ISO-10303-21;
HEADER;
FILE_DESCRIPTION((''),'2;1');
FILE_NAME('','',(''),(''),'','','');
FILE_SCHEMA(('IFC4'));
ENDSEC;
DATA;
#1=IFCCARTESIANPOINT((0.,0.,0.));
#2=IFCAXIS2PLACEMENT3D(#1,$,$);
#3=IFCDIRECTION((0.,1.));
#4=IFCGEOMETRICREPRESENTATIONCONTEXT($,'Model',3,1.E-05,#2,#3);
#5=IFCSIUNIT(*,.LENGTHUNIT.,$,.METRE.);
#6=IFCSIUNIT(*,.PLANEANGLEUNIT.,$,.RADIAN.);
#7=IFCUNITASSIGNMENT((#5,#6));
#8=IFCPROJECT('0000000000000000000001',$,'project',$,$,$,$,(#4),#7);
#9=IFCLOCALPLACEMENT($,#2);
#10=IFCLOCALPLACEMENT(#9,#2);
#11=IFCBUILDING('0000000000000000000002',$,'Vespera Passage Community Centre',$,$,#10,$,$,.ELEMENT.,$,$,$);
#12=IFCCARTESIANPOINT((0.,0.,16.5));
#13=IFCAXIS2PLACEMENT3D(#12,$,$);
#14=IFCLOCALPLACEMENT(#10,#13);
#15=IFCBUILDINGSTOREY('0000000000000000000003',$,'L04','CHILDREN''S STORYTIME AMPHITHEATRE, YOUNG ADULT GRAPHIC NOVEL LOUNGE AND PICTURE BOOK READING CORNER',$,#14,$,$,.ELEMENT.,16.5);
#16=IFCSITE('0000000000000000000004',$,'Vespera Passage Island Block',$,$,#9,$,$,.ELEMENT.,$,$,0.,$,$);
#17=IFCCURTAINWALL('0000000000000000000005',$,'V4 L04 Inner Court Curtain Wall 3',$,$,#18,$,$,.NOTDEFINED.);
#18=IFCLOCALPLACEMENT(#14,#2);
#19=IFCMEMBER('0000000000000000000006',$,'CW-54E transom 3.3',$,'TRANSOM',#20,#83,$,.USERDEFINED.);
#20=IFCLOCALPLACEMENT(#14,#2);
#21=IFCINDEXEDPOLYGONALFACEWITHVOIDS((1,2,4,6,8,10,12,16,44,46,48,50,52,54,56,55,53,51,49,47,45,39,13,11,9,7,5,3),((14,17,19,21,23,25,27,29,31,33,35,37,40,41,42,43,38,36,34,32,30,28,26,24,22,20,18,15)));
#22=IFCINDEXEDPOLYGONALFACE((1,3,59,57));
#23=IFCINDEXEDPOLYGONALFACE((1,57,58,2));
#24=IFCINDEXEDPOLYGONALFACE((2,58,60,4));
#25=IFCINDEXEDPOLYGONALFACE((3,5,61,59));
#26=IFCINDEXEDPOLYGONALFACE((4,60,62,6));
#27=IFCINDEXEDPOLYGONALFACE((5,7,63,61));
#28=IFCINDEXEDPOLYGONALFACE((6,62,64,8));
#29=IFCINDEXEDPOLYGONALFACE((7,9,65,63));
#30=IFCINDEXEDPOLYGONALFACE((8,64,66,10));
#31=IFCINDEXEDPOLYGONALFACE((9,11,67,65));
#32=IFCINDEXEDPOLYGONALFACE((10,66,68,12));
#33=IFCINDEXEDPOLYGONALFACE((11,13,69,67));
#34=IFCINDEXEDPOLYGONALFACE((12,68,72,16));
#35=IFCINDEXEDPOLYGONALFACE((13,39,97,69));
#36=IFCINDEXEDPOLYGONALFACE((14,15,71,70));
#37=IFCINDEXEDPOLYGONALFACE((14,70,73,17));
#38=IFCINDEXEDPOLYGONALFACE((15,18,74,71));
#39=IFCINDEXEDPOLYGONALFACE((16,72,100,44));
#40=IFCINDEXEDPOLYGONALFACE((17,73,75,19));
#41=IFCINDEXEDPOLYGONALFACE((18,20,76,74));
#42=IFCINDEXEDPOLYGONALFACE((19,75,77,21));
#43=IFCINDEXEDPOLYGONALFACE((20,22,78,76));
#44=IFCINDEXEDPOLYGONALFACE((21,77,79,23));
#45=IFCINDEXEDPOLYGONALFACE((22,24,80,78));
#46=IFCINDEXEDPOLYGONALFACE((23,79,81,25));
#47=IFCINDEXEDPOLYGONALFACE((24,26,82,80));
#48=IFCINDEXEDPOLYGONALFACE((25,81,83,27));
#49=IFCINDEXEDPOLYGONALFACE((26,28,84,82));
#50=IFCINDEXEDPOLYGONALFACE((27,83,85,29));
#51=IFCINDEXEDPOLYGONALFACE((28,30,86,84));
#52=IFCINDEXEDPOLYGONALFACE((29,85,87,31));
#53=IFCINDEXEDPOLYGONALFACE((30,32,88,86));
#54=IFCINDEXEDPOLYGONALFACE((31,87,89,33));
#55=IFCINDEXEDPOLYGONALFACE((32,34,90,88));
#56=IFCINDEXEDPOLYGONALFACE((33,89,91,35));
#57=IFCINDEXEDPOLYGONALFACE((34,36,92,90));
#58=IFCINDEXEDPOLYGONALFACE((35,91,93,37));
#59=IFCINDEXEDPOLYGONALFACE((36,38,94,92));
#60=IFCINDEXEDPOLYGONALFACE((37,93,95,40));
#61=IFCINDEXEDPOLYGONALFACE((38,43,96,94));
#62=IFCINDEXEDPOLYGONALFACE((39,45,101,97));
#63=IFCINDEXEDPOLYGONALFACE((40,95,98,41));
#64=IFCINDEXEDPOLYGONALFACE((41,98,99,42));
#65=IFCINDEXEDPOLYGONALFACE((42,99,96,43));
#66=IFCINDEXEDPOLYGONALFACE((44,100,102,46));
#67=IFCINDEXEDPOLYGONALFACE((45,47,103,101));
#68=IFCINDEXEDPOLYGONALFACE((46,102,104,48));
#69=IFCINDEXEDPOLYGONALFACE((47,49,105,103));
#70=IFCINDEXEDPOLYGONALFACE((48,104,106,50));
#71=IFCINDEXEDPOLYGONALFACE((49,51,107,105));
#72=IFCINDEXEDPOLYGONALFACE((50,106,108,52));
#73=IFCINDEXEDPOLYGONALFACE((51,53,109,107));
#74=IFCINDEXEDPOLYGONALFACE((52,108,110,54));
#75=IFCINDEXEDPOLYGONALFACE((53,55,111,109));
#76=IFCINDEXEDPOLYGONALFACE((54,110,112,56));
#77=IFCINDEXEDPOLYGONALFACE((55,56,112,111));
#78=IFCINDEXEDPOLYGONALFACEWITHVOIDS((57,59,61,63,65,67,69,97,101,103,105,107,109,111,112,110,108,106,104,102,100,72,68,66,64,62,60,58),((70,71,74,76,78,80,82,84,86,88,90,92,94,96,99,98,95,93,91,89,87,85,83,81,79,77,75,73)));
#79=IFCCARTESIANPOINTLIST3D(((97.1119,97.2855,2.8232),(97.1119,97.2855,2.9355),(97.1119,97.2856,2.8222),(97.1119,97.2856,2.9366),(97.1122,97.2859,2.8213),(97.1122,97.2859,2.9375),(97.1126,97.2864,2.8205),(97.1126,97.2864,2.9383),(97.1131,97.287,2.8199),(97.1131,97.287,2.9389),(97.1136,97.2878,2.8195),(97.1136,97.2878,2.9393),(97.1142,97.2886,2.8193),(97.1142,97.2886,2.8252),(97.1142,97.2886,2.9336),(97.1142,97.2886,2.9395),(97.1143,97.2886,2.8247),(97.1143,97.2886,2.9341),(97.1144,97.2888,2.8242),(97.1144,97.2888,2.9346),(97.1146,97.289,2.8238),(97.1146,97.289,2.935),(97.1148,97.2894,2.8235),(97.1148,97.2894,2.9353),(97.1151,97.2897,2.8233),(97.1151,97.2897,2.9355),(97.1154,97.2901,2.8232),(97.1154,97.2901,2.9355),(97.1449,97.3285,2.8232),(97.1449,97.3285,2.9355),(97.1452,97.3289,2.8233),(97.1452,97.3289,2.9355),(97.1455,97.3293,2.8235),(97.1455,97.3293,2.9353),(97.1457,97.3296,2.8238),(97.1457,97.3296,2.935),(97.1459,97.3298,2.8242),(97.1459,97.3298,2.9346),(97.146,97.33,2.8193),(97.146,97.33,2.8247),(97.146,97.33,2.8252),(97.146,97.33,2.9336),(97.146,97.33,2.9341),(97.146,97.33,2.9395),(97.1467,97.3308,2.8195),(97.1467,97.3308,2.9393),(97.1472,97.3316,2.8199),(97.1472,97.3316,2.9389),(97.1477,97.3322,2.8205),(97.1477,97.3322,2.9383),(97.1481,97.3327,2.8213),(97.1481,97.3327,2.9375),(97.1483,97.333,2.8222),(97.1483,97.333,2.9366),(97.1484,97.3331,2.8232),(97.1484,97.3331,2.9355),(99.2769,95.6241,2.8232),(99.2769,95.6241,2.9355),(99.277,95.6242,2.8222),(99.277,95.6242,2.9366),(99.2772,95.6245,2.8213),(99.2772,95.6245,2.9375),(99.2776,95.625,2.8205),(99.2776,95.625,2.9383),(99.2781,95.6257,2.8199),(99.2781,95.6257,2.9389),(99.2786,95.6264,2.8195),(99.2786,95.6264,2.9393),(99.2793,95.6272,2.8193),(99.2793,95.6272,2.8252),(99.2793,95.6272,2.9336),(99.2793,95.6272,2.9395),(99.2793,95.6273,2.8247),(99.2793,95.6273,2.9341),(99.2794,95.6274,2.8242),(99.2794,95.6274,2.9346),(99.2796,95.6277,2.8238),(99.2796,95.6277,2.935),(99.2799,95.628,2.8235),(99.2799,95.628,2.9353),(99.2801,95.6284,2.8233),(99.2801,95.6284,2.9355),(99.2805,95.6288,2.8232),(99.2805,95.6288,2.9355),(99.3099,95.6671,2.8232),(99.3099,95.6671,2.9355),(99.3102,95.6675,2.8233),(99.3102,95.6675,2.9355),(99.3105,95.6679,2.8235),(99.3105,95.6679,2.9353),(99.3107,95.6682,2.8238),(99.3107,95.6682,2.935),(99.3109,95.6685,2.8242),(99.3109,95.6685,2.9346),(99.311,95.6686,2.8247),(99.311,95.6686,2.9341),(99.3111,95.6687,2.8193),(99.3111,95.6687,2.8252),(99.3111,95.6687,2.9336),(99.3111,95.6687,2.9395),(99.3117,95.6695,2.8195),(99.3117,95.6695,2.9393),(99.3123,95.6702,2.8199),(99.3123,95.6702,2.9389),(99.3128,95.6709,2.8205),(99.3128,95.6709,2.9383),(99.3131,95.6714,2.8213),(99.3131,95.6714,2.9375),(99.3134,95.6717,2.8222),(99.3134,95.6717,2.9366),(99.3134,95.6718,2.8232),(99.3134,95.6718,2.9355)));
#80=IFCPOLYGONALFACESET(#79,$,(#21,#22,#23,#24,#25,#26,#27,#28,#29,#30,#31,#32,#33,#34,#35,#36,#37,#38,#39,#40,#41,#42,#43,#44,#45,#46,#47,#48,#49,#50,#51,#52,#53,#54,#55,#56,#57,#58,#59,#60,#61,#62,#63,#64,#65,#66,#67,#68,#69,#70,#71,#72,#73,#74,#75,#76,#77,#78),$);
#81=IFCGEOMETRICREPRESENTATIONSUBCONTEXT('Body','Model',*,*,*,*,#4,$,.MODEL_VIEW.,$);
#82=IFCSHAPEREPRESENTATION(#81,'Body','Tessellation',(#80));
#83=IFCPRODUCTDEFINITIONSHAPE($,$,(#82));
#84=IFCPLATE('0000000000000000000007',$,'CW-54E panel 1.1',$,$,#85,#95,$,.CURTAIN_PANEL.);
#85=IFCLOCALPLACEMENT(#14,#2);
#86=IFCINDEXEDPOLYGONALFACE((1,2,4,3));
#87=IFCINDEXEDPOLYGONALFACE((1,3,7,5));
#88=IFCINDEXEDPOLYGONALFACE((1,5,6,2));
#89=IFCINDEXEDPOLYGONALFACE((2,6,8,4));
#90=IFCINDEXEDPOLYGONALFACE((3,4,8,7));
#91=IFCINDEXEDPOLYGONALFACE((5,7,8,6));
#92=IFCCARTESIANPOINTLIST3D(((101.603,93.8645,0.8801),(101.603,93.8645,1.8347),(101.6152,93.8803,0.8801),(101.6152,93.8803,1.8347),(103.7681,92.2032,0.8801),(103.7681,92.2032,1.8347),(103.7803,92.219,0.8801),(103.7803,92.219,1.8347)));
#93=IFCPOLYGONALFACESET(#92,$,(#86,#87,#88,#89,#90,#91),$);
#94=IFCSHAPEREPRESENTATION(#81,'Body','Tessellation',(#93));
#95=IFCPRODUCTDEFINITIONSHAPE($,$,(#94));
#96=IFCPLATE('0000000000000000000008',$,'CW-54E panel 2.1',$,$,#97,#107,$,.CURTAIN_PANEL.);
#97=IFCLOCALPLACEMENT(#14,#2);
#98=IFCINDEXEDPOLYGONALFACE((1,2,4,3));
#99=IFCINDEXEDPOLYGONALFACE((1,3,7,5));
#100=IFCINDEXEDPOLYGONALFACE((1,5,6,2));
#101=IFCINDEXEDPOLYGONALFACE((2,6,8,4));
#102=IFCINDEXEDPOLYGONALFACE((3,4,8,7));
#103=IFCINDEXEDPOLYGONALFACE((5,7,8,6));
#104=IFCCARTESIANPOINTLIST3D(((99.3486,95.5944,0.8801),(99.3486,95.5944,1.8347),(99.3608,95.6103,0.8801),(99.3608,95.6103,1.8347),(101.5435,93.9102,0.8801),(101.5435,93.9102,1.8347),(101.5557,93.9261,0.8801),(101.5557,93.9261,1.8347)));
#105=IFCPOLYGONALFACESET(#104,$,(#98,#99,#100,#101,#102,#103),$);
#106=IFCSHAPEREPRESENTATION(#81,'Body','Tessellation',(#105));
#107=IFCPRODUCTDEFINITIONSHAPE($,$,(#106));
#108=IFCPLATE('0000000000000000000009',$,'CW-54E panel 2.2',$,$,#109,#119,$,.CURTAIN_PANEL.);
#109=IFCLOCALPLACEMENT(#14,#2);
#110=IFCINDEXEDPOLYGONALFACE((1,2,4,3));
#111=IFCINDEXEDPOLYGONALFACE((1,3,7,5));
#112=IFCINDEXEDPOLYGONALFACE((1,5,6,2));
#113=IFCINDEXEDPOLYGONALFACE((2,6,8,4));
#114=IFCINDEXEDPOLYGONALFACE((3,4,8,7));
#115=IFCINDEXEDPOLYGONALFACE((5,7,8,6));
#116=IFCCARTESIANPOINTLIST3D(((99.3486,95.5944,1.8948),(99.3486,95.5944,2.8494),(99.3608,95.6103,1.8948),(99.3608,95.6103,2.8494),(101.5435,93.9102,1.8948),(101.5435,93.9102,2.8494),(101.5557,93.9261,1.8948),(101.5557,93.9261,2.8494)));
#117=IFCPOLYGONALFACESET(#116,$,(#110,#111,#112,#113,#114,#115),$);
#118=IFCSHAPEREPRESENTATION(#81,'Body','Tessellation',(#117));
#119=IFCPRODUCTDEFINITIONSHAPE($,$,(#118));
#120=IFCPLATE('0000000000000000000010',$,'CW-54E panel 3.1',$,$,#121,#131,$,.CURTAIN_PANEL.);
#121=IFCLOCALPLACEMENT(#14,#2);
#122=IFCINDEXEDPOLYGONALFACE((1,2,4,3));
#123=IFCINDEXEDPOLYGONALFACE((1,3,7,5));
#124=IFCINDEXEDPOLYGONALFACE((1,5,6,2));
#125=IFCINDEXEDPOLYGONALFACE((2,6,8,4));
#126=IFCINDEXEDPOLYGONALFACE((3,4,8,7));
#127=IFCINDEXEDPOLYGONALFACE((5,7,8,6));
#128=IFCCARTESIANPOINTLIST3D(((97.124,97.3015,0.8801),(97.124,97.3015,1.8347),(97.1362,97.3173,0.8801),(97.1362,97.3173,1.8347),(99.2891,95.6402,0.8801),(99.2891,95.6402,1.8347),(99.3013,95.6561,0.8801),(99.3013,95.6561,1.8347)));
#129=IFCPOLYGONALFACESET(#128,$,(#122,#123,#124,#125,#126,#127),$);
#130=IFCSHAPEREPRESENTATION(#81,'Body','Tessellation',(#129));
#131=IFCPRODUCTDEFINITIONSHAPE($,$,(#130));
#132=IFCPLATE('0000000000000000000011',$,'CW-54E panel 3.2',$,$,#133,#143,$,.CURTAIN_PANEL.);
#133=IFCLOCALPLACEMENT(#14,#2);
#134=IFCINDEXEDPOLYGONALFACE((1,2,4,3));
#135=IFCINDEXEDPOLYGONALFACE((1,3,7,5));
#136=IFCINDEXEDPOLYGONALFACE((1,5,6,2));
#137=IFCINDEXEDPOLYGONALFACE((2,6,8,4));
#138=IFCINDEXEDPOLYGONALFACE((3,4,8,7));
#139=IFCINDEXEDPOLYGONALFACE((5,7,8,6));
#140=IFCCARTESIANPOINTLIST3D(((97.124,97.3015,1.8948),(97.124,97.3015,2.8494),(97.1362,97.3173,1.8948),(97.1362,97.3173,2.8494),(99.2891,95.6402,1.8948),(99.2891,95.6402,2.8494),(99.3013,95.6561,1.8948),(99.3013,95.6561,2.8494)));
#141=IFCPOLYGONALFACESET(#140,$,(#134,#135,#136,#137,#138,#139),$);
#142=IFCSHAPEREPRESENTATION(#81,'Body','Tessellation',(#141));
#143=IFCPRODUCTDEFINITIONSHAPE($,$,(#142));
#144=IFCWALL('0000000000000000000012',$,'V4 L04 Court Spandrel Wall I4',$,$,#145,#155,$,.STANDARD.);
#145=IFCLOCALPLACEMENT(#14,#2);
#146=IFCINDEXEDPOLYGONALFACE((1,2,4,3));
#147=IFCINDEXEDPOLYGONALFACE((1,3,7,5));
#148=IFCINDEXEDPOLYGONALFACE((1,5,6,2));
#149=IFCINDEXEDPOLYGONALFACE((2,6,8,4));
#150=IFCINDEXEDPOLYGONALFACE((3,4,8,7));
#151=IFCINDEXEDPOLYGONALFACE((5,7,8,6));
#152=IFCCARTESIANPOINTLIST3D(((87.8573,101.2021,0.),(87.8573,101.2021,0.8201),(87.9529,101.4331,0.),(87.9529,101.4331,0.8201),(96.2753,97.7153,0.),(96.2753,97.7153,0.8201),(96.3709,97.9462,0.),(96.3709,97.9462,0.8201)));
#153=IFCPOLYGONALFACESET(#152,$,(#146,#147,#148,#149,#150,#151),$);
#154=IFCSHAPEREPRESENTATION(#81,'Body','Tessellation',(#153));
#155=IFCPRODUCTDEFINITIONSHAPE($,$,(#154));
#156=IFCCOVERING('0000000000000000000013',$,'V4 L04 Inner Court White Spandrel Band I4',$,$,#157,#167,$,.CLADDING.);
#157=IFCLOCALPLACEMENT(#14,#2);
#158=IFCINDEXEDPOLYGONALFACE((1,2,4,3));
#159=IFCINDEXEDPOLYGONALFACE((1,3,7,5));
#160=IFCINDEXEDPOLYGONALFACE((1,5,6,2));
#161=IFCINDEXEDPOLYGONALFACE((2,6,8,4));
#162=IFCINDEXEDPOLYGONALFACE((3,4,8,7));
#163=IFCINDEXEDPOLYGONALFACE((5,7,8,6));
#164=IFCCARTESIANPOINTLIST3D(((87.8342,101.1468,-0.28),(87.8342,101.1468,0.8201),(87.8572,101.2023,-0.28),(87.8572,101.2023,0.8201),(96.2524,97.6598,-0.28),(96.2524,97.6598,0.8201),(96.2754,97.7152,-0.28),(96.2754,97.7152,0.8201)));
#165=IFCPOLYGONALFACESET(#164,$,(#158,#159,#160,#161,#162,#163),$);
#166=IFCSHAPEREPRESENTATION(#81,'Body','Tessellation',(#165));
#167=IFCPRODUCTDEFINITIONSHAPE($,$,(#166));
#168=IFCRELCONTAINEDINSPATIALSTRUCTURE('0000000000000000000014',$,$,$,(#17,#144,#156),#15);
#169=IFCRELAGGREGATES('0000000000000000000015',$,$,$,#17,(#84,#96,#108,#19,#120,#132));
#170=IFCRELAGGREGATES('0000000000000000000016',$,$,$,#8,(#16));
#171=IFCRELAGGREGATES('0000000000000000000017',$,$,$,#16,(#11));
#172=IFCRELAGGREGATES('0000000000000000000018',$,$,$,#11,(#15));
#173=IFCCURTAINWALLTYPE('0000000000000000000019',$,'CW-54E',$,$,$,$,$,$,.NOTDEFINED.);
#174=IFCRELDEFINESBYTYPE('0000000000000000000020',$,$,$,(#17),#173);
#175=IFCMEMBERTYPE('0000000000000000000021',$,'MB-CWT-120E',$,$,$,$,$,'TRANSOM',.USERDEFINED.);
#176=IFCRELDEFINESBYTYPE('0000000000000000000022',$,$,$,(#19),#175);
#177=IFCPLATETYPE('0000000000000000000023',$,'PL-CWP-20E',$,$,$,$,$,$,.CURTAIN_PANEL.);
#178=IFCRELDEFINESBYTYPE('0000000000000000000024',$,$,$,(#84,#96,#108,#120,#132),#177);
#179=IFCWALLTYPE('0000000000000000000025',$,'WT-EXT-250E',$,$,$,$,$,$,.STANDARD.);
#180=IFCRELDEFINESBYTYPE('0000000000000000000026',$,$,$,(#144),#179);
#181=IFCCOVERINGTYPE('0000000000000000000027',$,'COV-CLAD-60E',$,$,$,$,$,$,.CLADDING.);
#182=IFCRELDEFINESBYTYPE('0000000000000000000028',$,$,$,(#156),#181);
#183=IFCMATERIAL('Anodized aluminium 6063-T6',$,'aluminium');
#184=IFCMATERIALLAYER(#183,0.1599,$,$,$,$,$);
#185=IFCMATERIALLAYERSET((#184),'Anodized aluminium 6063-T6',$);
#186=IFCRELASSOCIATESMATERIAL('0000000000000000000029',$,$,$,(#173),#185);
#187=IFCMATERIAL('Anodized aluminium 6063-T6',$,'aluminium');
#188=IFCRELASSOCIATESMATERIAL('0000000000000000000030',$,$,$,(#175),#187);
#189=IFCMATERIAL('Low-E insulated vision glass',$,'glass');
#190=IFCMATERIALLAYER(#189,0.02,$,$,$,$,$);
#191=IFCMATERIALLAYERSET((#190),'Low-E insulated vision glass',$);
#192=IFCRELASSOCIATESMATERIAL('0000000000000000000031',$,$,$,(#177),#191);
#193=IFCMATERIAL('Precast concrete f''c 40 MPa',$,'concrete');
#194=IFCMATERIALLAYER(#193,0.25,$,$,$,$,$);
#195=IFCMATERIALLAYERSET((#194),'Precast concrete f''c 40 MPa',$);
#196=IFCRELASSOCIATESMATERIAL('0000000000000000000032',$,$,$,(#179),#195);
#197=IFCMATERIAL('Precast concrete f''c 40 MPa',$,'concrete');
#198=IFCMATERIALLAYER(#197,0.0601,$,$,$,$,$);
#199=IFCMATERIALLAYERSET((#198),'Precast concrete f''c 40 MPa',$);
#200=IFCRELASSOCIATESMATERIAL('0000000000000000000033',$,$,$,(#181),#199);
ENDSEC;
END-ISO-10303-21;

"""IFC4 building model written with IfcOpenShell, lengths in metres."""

from ifc_helpers import new_model, si_unit, direction, frame, frame_2d, origin, origin_2d, place, context, subcontext, project, spatial, rectangle, hollow_rectangle, extrude, material, layer, layer_set, material_profile, profile_set, type_object, element, aggregate, save


model = new_model("IFC4")

# Units and contexts
model_context = context("Model", 3, precision=1e-05, world=origin(), true_north=direction((0.0, 1.0)))
body_context = subcontext(model_context, "Body", "Model", "MODEL_VIEW")
ifc_project = project(units=[si_unit("LENGTHUNIT", "METRE"), si_unit("PLANEANGLEUNIT", "RADIAN")], contexts=[model_context])

# Site, building, storey
site_placement = place(None, origin())
site = spatial("IfcSite", under=ifc_project, at=site_placement, Name="Vespera Passage Island Block", CompositionType="ELEMENT", RefElevation=0.0)
building_placement = place(site_placement, origin())
building = spatial("IfcBuilding", under=site, at=building_placement, Name="Vespera Passage Community Centre", CompositionType="ELEMENT")
storey_placement = place(building_placement, frame((0.0, 0.0, 16.5)))
storey = spatial("IfcBuildingStorey", under=building, at=storey_placement, Name="L04", Description="CHILDREN'S STORYTIME AMPHITHEATRE, YOUNG ADULT GRAPHIC NOVEL LOUNGE AND PICTURE BOOK READING CORNER", CompositionType="ELEMENT", Elevation=16.5)

# Curtain wall
ifc_material_1 = material(Name="Anodized aluminium 6063-T6", Category="aluminium")
ifc_layer_1 = layer(ifc_material_1, 0.1599)
ifc_layer_set_1 = layer_set([ifc_layer_1], Name="Anodized aluminium 6063-T6")
curtain_wall_type_1 = type_object("IfcCurtainWallType", Name="CW-54E", PredefinedType="NOTDEFINED", material=ifc_layer_set_1)
curtain_wall_1_placement = place(storey_placement, origin())
curtain_wall_1 = element("IfcCurtainWall", 1, at=curtain_wall_1_placement, inside=storey, type_object=curtain_wall_type_1, Name="V4 L04 Inner Court Curtain Wall 3", PredefinedType="NOTDEFINED")

# Member
ifc_material_2 = material(Name="Anodized aluminium 6063-T6", Category="aluminium")
ifc_material_profile_1 = material_profile(ifc_material_2, hollow_rectangle(XDim=0.0601, YDim=0.1201, WallThickness=0.0039, InnerFilletRadius=0.002, OuterFilletRadius=0.0039, at=origin_2d()), Name="ALU120X60X4")
ifc_profile_set_1 = profile_set([ifc_material_profile_1], Name="Anodized aluminium 6063-T6")
member_type_1 = type_object("IfcMemberType", Name="MB-CWT-120E", ElementType="TRANSOM", PredefinedType="USERDEFINED", material=ifc_profile_set_1)
member_1_placement = place(storey_placement, frame((99.2952, 95.6479, 2.8794), z_axis=(-0.793338, 0.608781, 0.0), x_axis=(-0.608781, -0.793338, 0.0)))
member_1 = element("IfcMember", 2, at=member_1_placement, type_object=member_type_1, Name="CW-54E transom 3.3", ObjectType="TRANSOM", PredefinedType="USERDEFINED", context=body_context, shape_type="SweptSolid", body=[
    extrude(hollow_rectangle(XDim=0.0601, YDim=0.1201, WallThickness=0.0039, InnerFilletRadius=0.002, OuterFilletRadius=0.0039, at=origin_2d()), origin(), (0.0, 0.0, 1.0), 2.729),
])

# Plates
ifc_material_3 = material(Name="Low-E insulated vision glass", Category="glass")
ifc_layer_2 = layer(ifc_material_3, 0.02)
ifc_layer_set_2 = layer_set([ifc_layer_2], Name="Low-E insulated vision glass")
plate_type = type_object("IfcPlateType", Name="PL-CWP-20E", PredefinedType="CURTAIN_PANEL", material=ifc_layer_set_2)
plate_1_placement = place(storey_placement, frame((102.6917, 93.0417, 0.8801), z_axis=(0.0, 0.0, 1.0), x_axis=(-0.793358, 0.608755, 0.0)))
plate_1 = element("IfcPlate", 3, at=plate_1_placement, type_object=plate_type, Name="CW-54E panel 1.1", PredefinedType="CURTAIN_PANEL", context=body_context, shape_type="SweptSolid", body=[
    extrude(rectangle(XDim=2.729, YDim=0.02, at=origin_2d()), origin(), (0.0, 0.0, 1.0), 0.9546),
])
plate_2_placement = place(storey_placement, frame((100.4521, 94.7603, 0.8801), z_axis=(0.0, 0.0, 1.0), x_axis=(-0.793358, 0.608755, 0.0)))
plate_2 = element("IfcPlate", 4, at=plate_2_placement, type_object=plate_type, Name="CW-54E panel 2.1", PredefinedType="CURTAIN_PANEL", context=body_context, shape_type="SweptSolid", body=[
    extrude(rectangle(XDim=2.7666, YDim=0.02, at=origin_2d()), origin(), (0.0, 0.0, 1.0), 0.9546),
])
plate_3_placement = place(storey_placement, frame((100.4521, 94.7603, 1.8948), z_axis=(0.0, 0.0, 1.0), x_axis=(-0.793358, 0.608755, 0.0)))
plate_3 = element("IfcPlate", 5, at=plate_3_placement, type_object=plate_type, Name="CW-54E panel 2.2", PredefinedType="CURTAIN_PANEL", context=body_context, shape_type="SweptSolid", body=[
    extrude(rectangle(XDim=2.7666, YDim=0.02, at=origin_2d()), origin(), (0.0, 0.0, 1.0), 0.9546),
])
plate_4_placement = place(storey_placement, frame((98.2126, 96.4788, 0.8801), z_axis=(0.0, 0.0, 1.0), x_axis=(-0.793358, 0.608755, 0.0)))
plate_4 = element("IfcPlate", 6, at=plate_4_placement, type_object=plate_type, Name="CW-54E panel 3.1", PredefinedType="CURTAIN_PANEL", context=body_context, shape_type="SweptSolid", body=[
    extrude(rectangle(XDim=2.729, YDim=0.02, at=origin_2d()), origin(), (0.0, 0.0, 1.0), 0.9546),
])
plate_5_placement = place(storey_placement, frame((98.2126, 96.4788, 1.8948), z_axis=(0.0, 0.0, 1.0), x_axis=(-0.793358, 0.608755, 0.0)))
plate_5 = element("IfcPlate", 7, at=plate_5_placement, type_object=plate_type, Name="CW-54E panel 3.2", PredefinedType="CURTAIN_PANEL", context=body_context, shape_type="SweptSolid", body=[
    extrude(rectangle(XDim=2.729, YDim=0.02, at=origin_2d()), origin(), (0.0, 0.0, 1.0), 0.9546),
])
aggregate(curtain_wall_1, [plate_1, plate_2, plate_3, member_1, plate_4, plate_5])

# Wall
ifc_material_4 = material(Name="Precast concrete f'c 40 MPa", Category="concrete")
ifc_layer_3 = layer(ifc_material_4, 0.25)
ifc_layer_set_3 = layer_set([ifc_layer_3], Name="Precast concrete f'c 40 MPa")
wall_type = type_object("IfcWallType", Name="WT-EXT-250E", PredefinedType="STANDARD", material=ifc_layer_set_3)
wall_placement = place(storey_placement, frame((96.323, 97.8308, 0.0), z_axis=(0.0, 0.0, 1.0), x_axis=(-0.92388, 0.382682, 0.0)))
element("IfcWall", 8, at=wall_placement, inside=storey, type_object=wall_type, Name="V4 L04 Court Spandrel Wall I4", PredefinedType="STANDARD", context=body_context, shape_type="SweptSolid", body=[
    extrude(rectangle(XDim=9.1116, YDim=0.25, at=frame_2d((4.5557, 0.0))), origin(), (0.0, 0.0, 1.0), 0.8201),
])

# Covering
ifc_material_5 = material(Name="Precast concrete f'c 40 MPa", Category="concrete")
ifc_layer_4 = layer(ifc_material_5, 0.0601)
ifc_layer_set_4 = layer_set([ifc_layer_4], Name="Precast concrete f'c 40 MPa")
covering_type = type_object("IfcCoveringType", Name="COV-CLAD-60E", PredefinedType="CLADDING", material=ifc_layer_set_4)
covering_placement = place(storey_placement, frame((96.2639, 97.6875, -0.28), z_axis=(0.0, 0.0, 1.0), x_axis=(-0.923875, 0.382695, 0.0)))
element("IfcCovering", 9, at=covering_placement, inside=storey, type_object=covering_type, Name="V4 L04 Inner Court White Spandrel Band I4", PredefinedType="CLADDING", context=body_context, shape_type="SweptSolid", body=[
    extrude(rectangle(XDim=9.1118, YDim=0.0601, at=frame_2d((4.5559, 0.0))), origin(), (0.0, 0.0, 1.0), 1.1001),
])

save(model, "model.ifc")
